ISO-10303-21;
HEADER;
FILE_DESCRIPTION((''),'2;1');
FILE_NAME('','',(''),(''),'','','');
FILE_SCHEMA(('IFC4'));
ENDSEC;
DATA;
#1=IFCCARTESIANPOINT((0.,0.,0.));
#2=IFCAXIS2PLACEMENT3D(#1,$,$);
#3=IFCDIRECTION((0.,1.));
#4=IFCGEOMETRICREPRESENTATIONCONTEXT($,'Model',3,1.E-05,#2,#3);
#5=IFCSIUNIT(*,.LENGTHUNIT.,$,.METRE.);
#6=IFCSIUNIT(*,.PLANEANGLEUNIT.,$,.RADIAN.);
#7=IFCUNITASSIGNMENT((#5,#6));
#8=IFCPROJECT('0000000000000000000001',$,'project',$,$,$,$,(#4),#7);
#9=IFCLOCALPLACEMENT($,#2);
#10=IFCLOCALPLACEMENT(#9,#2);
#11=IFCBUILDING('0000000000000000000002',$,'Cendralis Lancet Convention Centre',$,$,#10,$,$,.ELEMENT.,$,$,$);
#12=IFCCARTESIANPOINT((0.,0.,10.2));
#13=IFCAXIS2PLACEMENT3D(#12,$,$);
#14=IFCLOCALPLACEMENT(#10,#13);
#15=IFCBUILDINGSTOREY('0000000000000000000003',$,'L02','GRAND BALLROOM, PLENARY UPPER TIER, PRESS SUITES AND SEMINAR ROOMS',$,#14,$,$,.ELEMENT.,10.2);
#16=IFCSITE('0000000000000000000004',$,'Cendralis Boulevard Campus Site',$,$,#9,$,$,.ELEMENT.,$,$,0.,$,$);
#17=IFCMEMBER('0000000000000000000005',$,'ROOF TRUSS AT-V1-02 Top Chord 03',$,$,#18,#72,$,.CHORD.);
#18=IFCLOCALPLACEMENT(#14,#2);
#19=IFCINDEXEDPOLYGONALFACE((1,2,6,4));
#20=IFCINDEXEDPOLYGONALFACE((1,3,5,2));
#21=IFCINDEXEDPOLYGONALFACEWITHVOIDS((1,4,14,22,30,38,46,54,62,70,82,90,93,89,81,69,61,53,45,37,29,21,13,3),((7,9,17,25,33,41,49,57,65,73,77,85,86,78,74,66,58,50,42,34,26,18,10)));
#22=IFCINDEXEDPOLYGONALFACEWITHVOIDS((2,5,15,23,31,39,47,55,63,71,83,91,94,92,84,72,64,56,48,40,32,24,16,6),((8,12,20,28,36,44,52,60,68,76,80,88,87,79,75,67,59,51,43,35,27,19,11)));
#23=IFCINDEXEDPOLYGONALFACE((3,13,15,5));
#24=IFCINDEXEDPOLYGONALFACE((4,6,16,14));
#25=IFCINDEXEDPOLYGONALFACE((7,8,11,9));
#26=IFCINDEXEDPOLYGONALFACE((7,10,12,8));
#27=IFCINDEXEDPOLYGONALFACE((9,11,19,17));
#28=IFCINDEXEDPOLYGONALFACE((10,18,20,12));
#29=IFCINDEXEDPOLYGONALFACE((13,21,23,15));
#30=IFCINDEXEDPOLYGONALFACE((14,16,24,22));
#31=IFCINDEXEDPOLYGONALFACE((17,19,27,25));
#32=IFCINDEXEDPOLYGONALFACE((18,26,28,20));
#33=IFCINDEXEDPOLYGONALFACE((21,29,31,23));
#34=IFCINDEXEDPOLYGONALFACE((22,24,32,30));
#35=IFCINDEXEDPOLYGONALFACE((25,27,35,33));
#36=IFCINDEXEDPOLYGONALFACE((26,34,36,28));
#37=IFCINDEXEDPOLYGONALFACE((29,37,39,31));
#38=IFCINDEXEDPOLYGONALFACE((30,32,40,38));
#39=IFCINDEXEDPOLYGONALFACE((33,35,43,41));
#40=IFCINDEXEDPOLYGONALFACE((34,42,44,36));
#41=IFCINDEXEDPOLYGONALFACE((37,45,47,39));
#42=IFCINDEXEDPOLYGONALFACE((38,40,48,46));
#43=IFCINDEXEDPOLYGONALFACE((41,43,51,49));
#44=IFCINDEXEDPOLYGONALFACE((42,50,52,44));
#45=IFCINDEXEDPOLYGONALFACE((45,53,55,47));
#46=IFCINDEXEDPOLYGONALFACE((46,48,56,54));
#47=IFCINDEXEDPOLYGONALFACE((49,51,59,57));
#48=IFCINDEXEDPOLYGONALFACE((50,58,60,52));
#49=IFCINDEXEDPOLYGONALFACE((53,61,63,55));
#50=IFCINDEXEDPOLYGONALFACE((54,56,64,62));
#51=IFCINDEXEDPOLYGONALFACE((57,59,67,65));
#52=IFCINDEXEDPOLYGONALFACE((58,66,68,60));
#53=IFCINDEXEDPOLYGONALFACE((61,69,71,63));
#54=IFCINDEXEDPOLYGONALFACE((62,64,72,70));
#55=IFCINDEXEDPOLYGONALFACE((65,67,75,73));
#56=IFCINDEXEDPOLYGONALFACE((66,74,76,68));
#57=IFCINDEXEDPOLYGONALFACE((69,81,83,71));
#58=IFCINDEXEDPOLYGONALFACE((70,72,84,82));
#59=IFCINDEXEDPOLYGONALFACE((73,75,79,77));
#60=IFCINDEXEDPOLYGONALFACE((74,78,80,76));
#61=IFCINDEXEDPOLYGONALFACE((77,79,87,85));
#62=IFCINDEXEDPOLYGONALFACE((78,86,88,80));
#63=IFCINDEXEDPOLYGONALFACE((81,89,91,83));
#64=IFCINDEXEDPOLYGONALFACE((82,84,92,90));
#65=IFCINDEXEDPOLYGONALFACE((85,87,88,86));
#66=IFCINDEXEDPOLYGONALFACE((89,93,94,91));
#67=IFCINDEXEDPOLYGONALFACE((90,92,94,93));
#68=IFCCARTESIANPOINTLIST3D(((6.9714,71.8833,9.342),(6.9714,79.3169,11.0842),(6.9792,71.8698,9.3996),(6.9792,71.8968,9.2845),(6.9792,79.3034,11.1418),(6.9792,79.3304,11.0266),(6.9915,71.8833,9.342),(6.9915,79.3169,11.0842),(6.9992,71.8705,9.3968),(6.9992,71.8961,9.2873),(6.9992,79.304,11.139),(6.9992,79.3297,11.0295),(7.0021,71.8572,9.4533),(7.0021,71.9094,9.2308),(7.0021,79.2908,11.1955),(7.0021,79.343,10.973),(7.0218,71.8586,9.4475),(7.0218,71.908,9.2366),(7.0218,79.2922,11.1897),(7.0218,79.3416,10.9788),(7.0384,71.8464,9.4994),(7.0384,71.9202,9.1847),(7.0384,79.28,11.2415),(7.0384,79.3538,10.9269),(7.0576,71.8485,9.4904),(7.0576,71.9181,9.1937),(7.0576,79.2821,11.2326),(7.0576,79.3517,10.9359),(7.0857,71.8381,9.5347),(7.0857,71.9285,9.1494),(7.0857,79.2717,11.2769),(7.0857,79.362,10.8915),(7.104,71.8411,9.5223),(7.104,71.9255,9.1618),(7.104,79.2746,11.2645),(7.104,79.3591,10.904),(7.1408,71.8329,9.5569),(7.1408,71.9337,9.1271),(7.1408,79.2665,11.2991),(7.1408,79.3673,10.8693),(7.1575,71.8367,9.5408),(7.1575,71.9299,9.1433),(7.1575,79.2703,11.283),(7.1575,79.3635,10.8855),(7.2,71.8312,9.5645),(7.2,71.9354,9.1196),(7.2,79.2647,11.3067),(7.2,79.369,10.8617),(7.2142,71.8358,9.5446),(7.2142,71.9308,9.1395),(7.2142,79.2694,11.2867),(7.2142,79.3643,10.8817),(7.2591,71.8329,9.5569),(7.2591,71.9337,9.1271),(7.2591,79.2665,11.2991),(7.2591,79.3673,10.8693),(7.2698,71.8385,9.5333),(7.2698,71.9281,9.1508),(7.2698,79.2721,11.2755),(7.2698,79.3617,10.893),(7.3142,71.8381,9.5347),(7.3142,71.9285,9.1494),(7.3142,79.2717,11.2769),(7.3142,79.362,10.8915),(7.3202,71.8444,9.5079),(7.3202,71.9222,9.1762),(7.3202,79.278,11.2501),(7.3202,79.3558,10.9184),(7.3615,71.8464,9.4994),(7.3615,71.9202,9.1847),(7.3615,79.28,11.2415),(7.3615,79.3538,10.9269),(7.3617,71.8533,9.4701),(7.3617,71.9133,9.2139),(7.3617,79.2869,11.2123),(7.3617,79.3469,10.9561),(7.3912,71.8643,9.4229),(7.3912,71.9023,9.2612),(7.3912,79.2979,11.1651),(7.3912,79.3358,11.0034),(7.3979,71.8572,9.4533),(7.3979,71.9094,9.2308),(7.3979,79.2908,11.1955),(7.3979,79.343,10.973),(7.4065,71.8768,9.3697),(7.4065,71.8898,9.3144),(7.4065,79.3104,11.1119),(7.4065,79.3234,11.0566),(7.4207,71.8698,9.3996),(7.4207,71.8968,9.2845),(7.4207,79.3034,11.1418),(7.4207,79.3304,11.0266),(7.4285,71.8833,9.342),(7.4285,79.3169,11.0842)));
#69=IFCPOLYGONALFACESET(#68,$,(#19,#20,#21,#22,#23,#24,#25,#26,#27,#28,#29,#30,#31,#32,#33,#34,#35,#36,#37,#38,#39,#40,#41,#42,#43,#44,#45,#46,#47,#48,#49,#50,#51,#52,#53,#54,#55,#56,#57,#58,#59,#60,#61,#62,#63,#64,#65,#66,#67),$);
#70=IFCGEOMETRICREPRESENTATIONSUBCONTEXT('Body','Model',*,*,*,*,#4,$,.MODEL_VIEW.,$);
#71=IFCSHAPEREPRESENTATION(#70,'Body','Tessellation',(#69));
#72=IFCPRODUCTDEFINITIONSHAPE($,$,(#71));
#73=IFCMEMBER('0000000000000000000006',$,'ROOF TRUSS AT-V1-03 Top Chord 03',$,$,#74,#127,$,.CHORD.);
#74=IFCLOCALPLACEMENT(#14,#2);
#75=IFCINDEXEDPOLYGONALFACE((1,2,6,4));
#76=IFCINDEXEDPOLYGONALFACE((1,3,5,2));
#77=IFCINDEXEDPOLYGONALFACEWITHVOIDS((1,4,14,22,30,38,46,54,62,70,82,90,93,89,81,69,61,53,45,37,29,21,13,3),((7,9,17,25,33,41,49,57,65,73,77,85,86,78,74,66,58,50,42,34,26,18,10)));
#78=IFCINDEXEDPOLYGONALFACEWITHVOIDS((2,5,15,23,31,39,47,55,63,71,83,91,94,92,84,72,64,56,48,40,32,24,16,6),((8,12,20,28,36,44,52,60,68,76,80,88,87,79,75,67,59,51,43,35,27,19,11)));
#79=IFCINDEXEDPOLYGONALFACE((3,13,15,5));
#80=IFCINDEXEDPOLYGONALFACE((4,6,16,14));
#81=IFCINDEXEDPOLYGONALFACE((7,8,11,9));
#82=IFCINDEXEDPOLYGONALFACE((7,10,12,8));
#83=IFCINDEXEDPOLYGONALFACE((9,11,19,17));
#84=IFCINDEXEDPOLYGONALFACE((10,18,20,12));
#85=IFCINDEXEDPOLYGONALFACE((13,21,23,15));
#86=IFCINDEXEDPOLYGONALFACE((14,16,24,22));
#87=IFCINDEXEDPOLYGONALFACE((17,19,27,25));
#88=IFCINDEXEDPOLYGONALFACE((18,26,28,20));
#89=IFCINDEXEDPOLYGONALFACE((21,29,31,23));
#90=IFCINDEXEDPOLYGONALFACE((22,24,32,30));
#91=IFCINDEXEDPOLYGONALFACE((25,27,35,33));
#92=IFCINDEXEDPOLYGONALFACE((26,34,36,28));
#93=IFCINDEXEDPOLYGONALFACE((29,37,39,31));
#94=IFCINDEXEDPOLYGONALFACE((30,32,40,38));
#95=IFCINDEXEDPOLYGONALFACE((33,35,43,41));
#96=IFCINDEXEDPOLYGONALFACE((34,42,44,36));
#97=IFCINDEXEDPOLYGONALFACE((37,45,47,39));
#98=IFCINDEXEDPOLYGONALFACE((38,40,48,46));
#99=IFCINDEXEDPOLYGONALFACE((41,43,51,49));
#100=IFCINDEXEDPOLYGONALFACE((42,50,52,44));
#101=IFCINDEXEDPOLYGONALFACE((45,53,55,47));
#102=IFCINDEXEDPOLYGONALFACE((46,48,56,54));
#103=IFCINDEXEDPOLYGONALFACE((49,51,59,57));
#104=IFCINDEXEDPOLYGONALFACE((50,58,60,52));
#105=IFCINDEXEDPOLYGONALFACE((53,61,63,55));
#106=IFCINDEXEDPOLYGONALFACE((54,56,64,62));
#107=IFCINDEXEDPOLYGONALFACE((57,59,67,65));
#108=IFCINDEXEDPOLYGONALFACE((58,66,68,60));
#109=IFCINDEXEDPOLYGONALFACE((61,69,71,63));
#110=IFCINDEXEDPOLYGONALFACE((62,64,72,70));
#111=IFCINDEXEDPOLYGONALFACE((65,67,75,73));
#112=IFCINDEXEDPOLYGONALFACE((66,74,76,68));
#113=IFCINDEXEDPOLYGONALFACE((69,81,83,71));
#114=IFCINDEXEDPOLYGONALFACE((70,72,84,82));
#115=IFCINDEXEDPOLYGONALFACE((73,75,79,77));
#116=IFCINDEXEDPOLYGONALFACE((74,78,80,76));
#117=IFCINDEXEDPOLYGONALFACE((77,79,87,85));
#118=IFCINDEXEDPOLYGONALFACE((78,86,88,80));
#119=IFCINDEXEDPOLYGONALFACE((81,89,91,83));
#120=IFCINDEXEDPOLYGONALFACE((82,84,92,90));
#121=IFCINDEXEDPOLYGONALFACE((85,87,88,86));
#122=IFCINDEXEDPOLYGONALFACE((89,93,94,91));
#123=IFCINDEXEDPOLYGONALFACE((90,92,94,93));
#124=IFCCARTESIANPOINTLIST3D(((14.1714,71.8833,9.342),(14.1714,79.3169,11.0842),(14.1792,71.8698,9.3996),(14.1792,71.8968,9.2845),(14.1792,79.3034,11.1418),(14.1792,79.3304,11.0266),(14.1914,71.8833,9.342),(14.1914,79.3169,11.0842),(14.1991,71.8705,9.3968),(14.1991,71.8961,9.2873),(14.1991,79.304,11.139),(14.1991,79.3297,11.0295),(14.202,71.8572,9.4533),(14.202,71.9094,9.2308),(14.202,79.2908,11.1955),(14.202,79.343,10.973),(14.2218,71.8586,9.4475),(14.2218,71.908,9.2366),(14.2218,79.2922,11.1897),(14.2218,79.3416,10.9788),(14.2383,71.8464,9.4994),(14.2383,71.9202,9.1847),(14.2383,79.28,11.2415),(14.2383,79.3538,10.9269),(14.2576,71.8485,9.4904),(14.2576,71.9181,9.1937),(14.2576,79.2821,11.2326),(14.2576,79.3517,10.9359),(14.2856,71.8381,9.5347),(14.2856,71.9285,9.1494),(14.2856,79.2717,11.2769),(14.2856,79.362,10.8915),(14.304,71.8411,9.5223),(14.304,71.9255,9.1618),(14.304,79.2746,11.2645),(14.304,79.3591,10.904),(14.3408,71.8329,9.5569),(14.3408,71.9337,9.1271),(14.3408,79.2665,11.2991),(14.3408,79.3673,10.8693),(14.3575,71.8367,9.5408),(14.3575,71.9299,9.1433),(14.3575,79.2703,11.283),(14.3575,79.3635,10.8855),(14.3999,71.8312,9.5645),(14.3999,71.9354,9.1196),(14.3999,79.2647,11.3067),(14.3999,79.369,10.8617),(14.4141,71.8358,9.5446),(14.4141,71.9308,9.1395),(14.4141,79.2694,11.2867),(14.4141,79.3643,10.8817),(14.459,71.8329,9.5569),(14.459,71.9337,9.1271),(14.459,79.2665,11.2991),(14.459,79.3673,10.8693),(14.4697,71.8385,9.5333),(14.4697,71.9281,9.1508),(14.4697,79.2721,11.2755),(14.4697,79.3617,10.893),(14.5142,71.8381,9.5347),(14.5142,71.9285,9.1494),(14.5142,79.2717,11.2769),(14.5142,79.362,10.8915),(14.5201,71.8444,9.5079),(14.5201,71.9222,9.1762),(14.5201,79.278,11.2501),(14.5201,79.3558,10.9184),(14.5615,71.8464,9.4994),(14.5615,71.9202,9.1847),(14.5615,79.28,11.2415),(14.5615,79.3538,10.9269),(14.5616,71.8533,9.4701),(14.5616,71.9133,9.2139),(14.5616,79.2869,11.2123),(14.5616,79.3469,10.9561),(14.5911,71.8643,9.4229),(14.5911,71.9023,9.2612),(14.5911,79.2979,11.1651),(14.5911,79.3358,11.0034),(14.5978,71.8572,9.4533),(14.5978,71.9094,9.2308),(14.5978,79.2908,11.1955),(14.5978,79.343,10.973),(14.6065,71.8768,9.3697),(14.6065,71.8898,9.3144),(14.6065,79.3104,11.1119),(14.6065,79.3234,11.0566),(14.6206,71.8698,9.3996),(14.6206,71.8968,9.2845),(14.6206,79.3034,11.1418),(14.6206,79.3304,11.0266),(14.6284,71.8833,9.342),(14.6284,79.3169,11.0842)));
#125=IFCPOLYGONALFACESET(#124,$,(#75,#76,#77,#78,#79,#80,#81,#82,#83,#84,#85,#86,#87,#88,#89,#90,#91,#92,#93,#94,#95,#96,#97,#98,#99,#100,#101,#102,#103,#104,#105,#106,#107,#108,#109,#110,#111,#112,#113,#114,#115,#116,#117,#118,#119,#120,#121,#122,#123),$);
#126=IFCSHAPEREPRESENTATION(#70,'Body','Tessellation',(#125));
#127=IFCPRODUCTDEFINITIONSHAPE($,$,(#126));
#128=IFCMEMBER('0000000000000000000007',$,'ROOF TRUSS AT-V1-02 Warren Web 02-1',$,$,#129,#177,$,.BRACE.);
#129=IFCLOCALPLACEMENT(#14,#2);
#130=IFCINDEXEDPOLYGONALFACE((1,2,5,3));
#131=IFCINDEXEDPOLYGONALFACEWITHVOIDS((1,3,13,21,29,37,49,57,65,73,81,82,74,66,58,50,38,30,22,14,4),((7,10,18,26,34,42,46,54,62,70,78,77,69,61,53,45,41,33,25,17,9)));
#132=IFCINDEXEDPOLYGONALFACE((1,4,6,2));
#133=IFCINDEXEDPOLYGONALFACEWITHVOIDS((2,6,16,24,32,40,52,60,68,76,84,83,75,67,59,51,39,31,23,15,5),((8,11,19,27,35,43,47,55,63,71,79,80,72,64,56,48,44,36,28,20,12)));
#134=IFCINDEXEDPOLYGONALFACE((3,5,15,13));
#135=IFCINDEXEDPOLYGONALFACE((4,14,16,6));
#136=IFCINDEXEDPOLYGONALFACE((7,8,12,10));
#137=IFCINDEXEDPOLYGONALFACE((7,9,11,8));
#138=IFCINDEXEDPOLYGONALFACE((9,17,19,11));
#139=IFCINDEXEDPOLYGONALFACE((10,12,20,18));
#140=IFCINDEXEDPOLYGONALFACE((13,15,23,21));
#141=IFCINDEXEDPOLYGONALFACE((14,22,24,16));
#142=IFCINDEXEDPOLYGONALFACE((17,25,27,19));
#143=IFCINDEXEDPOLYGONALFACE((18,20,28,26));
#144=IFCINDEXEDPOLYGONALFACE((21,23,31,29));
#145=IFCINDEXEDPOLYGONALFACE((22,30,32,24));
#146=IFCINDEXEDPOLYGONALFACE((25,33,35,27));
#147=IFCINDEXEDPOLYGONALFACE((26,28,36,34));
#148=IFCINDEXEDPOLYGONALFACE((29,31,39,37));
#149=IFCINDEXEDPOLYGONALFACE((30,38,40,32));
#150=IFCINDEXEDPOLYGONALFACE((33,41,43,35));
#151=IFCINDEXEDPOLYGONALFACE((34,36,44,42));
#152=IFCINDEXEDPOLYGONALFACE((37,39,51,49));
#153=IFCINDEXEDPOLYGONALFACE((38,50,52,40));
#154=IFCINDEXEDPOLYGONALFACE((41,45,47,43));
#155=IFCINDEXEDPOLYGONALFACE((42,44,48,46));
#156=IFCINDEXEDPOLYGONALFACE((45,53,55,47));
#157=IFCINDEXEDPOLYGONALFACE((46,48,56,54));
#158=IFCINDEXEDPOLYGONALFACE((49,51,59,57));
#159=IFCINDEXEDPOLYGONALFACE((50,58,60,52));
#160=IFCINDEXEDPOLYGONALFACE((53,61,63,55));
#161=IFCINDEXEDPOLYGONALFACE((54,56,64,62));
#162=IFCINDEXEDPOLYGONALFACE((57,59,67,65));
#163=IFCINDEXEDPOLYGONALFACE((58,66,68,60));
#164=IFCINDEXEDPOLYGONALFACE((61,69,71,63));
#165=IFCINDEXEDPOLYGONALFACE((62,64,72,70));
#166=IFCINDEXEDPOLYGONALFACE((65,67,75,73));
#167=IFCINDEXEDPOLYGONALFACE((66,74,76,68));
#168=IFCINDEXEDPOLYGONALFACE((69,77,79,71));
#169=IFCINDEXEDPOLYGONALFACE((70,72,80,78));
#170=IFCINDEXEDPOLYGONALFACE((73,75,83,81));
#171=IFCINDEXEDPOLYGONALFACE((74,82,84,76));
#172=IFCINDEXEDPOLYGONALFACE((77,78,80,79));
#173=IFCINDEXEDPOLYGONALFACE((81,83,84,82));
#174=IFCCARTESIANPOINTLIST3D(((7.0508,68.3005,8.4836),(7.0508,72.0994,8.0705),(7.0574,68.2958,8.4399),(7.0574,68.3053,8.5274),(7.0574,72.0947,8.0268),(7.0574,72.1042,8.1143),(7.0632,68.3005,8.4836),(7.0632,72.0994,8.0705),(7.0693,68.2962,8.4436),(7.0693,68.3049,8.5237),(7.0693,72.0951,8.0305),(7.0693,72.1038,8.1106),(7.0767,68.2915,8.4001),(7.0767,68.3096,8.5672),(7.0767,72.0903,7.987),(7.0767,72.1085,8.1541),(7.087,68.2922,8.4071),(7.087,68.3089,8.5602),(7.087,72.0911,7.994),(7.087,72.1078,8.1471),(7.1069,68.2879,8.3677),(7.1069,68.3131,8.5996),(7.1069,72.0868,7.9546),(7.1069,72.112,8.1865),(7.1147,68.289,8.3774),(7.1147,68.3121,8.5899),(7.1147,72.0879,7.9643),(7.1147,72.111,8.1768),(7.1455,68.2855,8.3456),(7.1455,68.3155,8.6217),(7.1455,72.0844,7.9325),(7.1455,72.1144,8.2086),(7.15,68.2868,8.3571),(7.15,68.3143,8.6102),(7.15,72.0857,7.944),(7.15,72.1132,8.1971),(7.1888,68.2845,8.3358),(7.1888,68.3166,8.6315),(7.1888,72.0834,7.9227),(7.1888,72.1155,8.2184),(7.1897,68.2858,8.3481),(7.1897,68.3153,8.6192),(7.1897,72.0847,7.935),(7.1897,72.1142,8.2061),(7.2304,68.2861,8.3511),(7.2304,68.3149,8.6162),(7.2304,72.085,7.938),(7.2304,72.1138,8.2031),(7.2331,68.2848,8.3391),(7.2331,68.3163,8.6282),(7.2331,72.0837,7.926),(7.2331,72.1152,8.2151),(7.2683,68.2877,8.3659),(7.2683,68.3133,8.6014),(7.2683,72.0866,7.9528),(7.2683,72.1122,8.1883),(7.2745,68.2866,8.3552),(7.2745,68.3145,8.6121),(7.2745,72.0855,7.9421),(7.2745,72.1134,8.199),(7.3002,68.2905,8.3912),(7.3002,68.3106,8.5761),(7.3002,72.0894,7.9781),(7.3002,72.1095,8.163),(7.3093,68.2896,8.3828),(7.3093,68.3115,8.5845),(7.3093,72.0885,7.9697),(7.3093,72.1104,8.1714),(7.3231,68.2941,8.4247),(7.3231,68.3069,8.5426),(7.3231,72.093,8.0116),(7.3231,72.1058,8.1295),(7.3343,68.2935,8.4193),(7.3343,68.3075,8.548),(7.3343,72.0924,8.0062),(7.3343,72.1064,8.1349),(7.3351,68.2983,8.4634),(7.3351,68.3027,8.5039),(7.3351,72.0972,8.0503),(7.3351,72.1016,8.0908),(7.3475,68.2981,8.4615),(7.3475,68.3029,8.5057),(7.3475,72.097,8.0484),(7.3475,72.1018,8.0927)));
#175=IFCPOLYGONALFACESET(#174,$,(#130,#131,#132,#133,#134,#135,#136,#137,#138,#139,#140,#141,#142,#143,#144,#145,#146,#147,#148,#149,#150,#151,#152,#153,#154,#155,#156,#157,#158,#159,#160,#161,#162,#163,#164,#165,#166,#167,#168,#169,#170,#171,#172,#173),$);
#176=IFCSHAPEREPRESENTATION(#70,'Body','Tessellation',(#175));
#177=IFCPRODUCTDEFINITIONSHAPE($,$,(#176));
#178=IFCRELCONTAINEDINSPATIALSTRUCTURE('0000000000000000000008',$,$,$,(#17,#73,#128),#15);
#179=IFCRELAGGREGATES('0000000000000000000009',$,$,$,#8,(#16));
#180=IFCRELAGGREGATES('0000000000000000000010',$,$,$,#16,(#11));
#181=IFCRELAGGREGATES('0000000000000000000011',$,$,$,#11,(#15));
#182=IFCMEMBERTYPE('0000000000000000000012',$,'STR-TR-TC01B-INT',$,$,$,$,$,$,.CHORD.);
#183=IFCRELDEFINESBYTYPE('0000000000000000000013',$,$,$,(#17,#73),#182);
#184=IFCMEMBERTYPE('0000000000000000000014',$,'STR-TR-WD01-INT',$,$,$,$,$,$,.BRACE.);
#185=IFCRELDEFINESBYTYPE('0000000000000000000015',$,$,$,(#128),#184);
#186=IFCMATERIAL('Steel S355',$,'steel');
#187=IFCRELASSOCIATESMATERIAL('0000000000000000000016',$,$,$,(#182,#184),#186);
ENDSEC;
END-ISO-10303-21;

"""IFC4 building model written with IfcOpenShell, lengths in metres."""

from ifc_helpers import new_model, si_unit, direction, frame, origin, origin_2d, place, context, subcontext, project, spatial, hollow_circle, extrude, material, material_profile, profile_set, type_object, element, save


model = new_model("IFC4")

# Units and contexts
model_context = context("Model", 3, precision=1e-05, world=origin(), true_north=direction((0.0, 1.0)))
body_context = subcontext(model_context, "Body", "Model", "MODEL_VIEW")
ifc_project = project(units=[si_unit("LENGTHUNIT", "METRE"), si_unit("PLANEANGLEUNIT", "RADIAN")], contexts=[model_context])

# Site, building, storey
site_placement = place(None, origin())
site = spatial("IfcSite", under=ifc_project, at=site_placement, Name="Cendralis Boulevard Campus Site", CompositionType="ELEMENT", RefElevation=0.0)
building_placement = place(site_placement, origin())
building = spatial("IfcBuilding", under=site, at=building_placement, Name="Cendralis Lancet Convention Centre", CompositionType="ELEMENT")
storey_placement = place(building_placement, frame((0.0, 0.0, 10.2)))
storey = spatial("IfcBuildingStorey", under=building, at=storey_placement, Name="L02", Description="GRAND BALLROOM, PLENARY UPPER TIER, PRESS SUITES AND SEMINAR ROOMS", CompositionType="ELEMENT", Elevation=10.2)

# Members
ifc_material = material(Name="Steel S355", Category="steel")
ifc_material_profile_1 = material_profile(ifc_material, hollow_circle(Radius=0.2285, WallThickness=0.02, at=origin_2d()), Name="CHS 457.0x20.0")
ifc_profile_set_1 = profile_set([ifc_material_profile_1], Name="Steel S355")
member_type_1 = type_object("IfcMemberType", Name="STR-TR-TC01B-INT", PredefinedType="CHORD", material=ifc_profile_set_1)
for number, where, z_axis, x_axis, name in (
    (1, (7.2, 71.8833, 9.342), (0.0, 0.973618, 0.228184), (-1.0, 0.0, 0.0), "ROOF TRUSS AT-V1-02 Top Chord 03"),
    (2, (14.3999, 71.8833, 9.342), (0.0, 0.973618, 0.228184), (-1.0, 0.0, 0.0), "ROOF TRUSS AT-V1-03 Top Chord 03"),
):
    element("IfcMember", number, at=place(storey_placement, frame(where, z_axis=z_axis, x_axis=x_axis)), inside=storey, type_object=member_type_1, Name=name, PredefinedType="CHORD", context=body_context, shape_type="SweptSolid", body=[
        extrude(hollow_circle(Radius=0.2285, WallThickness=0.02, at=origin_2d()), origin(), (0.0, 0.0, 1.0), 7.635),
    ])
ifc_material_profile_2 = material_profile(ifc_material, hollow_circle(Radius=0.1492, WallThickness=0.0125, at=origin_2d()), Name="CHS 298.5x12.5")
ifc_profile_set_2 = profile_set([ifc_material_profile_2], Name="Steel S355")
member_type_2 = type_object("IfcMemberType", Name="STR-TR-WD01-INT", PredefinedType="BRACE", material=ifc_profile_set_2)
member_1_placement = place(storey_placement, frame((7.2, 68.3005, 8.4836), z_axis=(0.0, 0.99414, -0.108103), x_axis=(-1.0, 0.0, 0.0)))
element("IfcMember", 3, at=member_1_placement, inside=storey, type_object=member_type_2, Name="ROOF TRUSS AT-V1-02 Warren Web 02-1", PredefinedType="BRACE", context=body_context, shape_type="SweptSolid", body=[
    extrude(hollow_circle(Radius=0.1492, WallThickness=0.0125, at=origin_2d()), origin(), (0.0, 0.0, 1.0), 3.8213),
])

save(model, "model.ifc")
